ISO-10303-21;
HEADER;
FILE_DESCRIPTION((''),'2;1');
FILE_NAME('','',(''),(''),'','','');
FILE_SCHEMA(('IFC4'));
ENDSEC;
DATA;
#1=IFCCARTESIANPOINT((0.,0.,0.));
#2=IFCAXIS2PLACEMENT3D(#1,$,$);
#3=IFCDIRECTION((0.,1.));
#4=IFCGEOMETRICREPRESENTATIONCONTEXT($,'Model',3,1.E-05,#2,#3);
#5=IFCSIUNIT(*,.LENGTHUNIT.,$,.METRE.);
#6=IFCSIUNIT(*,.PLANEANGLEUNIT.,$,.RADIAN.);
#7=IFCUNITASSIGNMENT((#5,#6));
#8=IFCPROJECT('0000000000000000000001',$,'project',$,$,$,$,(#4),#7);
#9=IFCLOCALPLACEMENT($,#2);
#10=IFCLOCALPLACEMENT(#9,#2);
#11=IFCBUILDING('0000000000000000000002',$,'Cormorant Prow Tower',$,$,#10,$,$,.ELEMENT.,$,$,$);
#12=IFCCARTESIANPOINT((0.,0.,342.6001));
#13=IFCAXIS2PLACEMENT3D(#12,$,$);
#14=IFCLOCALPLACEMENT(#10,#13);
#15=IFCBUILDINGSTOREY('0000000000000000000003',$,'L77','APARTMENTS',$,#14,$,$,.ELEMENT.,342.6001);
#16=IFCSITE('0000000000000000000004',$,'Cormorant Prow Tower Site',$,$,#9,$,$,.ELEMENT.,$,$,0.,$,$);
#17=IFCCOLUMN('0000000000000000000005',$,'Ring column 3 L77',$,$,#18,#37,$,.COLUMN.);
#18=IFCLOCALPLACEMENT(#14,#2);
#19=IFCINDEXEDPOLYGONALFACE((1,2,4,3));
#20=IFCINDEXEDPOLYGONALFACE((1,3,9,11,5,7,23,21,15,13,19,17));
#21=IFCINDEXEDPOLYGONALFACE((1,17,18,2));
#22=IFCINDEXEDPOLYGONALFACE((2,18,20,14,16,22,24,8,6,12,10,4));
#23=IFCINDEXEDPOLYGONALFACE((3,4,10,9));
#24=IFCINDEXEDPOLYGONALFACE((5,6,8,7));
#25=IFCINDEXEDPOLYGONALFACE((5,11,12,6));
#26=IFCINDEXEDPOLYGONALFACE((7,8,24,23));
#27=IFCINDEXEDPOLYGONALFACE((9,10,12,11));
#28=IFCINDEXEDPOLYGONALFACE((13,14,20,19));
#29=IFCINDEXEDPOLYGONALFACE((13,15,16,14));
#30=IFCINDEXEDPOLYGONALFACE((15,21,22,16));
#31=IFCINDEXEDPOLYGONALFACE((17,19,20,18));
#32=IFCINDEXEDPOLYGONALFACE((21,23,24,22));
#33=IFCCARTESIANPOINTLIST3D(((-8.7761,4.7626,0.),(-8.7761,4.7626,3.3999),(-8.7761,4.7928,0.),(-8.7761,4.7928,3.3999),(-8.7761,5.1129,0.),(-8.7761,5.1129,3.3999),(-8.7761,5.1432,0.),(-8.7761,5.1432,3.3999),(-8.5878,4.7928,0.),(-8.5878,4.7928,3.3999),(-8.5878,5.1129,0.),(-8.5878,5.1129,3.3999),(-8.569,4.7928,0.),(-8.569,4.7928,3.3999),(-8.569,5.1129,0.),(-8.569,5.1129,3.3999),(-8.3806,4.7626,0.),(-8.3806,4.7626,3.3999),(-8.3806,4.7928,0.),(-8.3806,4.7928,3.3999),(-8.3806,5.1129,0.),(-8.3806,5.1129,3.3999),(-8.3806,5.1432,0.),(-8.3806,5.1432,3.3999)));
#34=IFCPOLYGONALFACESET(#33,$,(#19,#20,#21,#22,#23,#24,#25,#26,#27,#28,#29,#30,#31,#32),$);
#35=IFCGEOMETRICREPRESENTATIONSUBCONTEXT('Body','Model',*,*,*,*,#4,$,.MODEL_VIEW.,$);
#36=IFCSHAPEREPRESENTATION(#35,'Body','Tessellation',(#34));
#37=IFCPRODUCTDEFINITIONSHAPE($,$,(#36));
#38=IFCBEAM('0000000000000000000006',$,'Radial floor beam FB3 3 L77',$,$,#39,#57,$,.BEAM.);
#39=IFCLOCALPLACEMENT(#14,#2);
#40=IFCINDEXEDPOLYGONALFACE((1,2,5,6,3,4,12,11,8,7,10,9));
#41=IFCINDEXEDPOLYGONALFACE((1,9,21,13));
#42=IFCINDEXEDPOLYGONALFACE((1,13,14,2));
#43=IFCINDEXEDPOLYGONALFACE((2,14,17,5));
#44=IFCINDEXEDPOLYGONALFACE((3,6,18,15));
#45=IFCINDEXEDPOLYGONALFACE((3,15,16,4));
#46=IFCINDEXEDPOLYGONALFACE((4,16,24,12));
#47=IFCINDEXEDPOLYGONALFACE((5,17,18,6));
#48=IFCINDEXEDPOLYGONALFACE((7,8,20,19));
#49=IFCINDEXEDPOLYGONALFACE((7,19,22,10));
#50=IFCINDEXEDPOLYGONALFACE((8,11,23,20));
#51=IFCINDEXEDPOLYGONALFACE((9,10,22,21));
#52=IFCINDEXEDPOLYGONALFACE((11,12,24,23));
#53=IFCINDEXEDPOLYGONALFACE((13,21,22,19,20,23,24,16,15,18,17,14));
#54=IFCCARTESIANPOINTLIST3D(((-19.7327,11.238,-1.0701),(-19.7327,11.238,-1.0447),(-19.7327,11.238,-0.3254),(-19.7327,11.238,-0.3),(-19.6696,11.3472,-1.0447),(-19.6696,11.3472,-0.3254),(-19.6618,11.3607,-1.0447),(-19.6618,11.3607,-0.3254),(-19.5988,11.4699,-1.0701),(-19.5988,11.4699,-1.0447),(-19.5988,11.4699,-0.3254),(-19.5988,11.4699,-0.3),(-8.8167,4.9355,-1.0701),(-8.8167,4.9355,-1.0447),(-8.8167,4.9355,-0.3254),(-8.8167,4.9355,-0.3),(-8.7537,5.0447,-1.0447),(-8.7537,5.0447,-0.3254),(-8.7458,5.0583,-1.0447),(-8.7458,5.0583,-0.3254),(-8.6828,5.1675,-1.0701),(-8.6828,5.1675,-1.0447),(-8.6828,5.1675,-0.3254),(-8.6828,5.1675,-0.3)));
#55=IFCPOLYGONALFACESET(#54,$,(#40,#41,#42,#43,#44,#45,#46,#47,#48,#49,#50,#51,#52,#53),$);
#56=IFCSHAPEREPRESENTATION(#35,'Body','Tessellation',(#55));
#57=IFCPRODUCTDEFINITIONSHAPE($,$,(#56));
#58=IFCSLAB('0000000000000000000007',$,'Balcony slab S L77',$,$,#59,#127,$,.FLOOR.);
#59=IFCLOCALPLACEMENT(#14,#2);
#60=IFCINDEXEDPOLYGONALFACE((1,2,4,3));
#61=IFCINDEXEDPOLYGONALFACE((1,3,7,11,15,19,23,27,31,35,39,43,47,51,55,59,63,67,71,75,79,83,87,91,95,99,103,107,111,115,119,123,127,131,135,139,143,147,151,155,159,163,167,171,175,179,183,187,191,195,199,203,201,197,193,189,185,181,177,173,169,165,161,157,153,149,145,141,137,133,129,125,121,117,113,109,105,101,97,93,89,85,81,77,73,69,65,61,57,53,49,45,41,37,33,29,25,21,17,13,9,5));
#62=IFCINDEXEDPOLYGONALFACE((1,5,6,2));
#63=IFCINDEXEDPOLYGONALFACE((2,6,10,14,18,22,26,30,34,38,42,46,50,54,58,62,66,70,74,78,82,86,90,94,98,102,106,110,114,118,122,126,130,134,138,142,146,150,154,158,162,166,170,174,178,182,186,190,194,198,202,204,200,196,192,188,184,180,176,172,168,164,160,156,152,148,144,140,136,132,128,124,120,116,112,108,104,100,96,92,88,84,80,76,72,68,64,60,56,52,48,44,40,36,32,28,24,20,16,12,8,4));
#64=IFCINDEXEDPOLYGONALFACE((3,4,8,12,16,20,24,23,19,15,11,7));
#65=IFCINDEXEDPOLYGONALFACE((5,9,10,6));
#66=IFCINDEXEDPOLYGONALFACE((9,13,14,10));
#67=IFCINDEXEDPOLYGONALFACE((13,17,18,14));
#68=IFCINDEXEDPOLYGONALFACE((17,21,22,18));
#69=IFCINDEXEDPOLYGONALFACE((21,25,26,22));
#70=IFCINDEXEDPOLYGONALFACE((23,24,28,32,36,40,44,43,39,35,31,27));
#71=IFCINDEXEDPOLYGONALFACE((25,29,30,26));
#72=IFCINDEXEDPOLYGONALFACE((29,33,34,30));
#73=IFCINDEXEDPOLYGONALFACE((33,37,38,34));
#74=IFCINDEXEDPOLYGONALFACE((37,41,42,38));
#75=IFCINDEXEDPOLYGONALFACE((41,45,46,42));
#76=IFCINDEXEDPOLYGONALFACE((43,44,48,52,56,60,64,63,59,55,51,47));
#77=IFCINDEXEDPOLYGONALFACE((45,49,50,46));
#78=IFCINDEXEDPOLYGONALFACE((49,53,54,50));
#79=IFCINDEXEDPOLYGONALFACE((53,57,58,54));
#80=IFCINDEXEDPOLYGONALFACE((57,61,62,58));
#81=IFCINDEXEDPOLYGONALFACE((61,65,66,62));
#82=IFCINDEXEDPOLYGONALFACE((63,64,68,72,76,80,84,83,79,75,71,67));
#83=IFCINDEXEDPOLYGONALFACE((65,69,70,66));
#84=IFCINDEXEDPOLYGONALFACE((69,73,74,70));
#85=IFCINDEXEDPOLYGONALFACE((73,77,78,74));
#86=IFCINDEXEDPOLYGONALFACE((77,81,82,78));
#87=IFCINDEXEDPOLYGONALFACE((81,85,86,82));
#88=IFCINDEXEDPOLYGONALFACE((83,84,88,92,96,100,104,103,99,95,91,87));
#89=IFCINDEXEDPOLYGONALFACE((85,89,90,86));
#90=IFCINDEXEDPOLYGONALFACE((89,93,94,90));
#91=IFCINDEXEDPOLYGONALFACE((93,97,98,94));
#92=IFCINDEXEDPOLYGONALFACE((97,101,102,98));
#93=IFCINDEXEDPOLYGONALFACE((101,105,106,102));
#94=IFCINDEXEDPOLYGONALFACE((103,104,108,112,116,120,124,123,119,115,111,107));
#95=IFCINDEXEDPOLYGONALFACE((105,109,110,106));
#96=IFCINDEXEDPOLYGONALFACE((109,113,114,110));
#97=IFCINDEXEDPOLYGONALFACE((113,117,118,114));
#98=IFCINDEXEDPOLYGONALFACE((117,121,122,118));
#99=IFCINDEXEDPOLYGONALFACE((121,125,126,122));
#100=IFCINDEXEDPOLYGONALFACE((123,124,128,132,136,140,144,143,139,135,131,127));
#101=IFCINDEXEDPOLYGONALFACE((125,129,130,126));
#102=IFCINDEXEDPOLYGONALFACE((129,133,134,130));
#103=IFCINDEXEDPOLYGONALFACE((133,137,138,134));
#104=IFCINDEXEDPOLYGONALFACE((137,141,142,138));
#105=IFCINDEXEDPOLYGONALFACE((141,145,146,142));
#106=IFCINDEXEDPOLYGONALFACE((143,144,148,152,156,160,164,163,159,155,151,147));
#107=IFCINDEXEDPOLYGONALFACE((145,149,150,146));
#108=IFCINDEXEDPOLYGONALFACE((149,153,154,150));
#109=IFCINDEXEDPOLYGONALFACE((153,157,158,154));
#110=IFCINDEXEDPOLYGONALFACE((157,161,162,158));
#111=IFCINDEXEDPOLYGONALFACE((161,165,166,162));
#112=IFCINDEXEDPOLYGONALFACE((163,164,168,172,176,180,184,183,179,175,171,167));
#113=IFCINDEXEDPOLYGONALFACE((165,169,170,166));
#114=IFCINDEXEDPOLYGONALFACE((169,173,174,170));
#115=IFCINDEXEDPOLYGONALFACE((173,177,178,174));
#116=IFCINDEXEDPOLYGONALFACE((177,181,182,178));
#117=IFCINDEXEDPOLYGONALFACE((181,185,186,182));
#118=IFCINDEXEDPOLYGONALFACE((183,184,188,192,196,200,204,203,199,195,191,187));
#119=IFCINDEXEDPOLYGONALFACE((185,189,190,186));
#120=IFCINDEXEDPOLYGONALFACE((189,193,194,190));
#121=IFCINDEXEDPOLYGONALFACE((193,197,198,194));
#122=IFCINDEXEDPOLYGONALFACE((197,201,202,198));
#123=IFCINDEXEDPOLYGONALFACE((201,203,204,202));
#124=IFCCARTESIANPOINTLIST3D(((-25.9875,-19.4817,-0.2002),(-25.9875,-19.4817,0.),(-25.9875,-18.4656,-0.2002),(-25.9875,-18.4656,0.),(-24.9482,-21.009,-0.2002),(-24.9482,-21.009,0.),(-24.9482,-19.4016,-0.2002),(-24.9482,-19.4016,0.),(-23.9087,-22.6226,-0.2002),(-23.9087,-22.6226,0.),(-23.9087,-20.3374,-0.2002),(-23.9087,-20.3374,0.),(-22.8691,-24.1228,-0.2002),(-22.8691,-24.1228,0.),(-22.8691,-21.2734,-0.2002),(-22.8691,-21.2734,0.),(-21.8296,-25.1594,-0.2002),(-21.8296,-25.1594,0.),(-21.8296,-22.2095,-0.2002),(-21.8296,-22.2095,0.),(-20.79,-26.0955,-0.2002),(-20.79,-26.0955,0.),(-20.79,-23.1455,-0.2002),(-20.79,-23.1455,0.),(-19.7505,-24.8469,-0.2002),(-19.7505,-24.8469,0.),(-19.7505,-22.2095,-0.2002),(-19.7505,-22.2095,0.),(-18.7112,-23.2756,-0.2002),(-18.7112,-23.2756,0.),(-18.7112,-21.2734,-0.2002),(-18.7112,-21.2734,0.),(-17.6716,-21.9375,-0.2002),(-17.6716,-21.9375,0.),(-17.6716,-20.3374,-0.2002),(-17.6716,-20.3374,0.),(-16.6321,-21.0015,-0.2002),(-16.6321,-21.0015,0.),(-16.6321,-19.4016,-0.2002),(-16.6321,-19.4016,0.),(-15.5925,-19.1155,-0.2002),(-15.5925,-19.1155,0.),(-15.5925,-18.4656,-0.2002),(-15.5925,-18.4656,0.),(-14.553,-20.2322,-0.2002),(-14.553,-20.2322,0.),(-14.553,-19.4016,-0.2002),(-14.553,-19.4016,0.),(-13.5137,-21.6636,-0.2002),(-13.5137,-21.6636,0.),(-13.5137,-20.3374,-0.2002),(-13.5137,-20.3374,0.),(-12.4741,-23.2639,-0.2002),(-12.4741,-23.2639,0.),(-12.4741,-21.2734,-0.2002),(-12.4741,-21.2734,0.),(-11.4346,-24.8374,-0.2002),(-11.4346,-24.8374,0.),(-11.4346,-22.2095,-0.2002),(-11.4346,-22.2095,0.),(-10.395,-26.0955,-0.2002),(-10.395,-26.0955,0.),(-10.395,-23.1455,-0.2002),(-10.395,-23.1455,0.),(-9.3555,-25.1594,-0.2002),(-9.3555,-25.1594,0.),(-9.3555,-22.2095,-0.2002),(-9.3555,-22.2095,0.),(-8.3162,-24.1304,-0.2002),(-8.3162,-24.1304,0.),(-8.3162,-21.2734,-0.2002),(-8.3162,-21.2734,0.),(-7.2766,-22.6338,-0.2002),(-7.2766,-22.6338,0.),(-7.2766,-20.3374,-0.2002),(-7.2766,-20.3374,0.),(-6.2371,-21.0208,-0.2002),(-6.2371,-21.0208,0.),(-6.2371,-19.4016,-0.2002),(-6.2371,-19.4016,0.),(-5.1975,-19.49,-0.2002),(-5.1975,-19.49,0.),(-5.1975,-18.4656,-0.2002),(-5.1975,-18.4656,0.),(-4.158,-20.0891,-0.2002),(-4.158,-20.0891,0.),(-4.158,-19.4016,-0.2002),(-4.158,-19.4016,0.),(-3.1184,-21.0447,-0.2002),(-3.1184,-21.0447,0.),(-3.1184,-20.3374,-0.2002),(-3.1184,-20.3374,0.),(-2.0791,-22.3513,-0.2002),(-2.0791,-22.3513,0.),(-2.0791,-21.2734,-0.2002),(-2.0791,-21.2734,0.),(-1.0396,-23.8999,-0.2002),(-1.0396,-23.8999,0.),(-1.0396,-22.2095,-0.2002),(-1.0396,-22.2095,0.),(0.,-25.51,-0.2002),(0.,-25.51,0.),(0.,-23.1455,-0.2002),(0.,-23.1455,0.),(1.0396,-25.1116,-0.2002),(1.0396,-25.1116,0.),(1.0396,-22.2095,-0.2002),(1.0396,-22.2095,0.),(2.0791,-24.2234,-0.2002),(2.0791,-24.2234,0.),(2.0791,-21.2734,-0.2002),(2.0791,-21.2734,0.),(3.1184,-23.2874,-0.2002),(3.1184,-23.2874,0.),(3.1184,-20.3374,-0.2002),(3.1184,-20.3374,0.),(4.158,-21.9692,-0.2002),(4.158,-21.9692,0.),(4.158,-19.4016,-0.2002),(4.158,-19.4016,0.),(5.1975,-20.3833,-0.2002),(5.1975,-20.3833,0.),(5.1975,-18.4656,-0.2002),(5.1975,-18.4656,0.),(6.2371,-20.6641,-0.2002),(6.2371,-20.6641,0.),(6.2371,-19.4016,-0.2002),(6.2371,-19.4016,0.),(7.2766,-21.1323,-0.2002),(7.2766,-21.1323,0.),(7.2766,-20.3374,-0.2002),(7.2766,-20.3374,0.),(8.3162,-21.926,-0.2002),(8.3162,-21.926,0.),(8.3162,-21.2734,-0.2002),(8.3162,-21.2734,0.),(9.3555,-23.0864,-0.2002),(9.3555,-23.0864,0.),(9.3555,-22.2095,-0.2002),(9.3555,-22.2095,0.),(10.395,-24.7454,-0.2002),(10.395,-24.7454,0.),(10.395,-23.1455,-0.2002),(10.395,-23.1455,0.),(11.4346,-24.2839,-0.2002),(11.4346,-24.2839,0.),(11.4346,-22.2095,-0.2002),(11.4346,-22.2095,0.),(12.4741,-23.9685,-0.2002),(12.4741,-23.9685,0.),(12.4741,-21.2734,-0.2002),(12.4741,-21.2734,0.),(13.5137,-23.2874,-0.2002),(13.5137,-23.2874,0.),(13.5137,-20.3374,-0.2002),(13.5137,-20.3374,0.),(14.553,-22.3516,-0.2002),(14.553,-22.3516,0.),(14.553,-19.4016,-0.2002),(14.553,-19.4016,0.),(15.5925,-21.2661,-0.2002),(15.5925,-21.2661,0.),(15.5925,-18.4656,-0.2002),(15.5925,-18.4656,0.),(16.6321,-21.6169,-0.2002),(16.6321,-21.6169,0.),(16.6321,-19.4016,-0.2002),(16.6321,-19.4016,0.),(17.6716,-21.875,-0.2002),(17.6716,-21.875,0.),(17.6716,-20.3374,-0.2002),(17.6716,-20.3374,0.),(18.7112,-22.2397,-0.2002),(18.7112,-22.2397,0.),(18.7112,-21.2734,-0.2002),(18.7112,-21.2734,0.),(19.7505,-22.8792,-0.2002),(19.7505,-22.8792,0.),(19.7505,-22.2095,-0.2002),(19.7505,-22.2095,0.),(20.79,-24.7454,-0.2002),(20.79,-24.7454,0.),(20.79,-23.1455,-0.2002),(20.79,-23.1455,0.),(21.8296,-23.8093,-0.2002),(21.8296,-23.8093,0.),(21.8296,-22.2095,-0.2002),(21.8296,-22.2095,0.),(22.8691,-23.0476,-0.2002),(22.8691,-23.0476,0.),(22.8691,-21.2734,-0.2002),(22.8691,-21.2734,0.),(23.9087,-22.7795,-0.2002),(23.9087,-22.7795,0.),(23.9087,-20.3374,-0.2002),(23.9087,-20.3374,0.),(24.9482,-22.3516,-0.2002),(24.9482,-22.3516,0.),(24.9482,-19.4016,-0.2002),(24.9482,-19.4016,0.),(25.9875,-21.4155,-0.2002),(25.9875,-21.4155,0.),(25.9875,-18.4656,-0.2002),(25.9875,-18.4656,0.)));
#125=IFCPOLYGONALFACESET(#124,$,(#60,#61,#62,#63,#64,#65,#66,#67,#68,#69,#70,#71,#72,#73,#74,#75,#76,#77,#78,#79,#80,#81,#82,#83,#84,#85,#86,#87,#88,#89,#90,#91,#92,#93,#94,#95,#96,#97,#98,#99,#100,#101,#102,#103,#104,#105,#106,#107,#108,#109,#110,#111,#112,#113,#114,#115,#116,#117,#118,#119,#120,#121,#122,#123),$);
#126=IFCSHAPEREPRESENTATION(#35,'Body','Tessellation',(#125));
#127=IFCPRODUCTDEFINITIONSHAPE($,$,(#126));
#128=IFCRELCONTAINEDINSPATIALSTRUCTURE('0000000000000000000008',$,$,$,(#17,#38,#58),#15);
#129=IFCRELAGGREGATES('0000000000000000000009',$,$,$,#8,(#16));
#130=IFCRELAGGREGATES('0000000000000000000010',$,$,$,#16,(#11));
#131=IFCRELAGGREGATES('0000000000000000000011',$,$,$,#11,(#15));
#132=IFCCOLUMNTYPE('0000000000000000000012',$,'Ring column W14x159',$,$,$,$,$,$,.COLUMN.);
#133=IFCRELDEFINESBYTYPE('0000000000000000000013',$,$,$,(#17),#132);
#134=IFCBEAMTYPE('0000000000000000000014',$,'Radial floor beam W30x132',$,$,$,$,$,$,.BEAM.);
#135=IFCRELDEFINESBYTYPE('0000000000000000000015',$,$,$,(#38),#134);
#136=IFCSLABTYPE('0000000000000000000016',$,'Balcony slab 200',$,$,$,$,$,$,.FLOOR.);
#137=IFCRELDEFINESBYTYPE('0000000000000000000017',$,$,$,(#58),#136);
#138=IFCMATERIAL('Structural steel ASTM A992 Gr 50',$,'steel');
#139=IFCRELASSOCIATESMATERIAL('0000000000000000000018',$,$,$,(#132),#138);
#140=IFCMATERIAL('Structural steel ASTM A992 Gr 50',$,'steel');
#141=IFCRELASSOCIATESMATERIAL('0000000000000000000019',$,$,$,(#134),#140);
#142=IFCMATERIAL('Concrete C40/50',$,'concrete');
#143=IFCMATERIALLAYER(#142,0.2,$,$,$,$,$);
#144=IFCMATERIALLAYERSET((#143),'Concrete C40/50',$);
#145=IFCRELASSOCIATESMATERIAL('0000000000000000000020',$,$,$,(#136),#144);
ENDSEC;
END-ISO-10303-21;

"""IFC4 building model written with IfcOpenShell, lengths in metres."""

from ifc_helpers import new_model, si_unit, direction, frame, origin, origin_2d, place, context, subcontext, project, spatial, polyline, i_section, outline, extrude, material, layer, layer_set, material_profile, profile_set, type_object, element, save


model = new_model("IFC4")

# Units and contexts
model_context = context("Model", 3, precision=1e-05, world=origin(), true_north=direction((0.0, 1.0)))
body_context = subcontext(model_context, "Body", "Model", "MODEL_VIEW")
ifc_project = project(units=[si_unit("LENGTHUNIT", "METRE"), si_unit("PLANEANGLEUNIT", "RADIAN")], contexts=[model_context])

# Site, building, storey
site_placement = place(None, origin())
site = spatial("IfcSite", under=ifc_project, at=site_placement, Name="Cormorant Prow Tower Site", CompositionType="ELEMENT", RefElevation=0.0)
building_placement = place(site_placement, origin())
building = spatial("IfcBuilding", under=site, at=building_placement, Name="Cormorant Prow Tower", CompositionType="ELEMENT")
storey_placement = place(building_placement, frame((0.0, 0.0, 342.6001)))
storey = spatial("IfcBuildingStorey", under=building, at=storey_placement, Name="L77", Description="APARTMENTS", CompositionType="ELEMENT", Elevation=342.6001)

# Column
ifc_material_1 = material(Name="Structural steel ASTM A992 Gr 50", Category="steel")
ifc_material_profile_1 = material_profile(ifc_material_1, i_section(OverallWidth=0.3955, OverallDepth=0.3806, WebThickness=0.0188, FlangeThickness=0.0303, at=origin_2d()), Name="W14x159")
ifc_profile_set_1 = profile_set([ifc_material_profile_1], Name="Structural steel ASTM A992 Gr 50")
column_type = type_object("IfcColumnType", Name="Ring column W14x159", PredefinedType="COLUMN", material=ifc_profile_set_1)
column_placement = place(storey_placement, frame((-8.5784, 4.9529, 0.0), z_axis=(0.0, 0.0, 1.0), x_axis=(1.0, 0.0, 0.0)))
element("IfcColumn", 1, at=column_placement, inside=storey, type_object=column_type, Name="Ring column 3 L77", PredefinedType="COLUMN", context=body_context, shape_type="SweptSolid", body=[
    extrude(i_section(OverallWidth=0.3955, OverallDepth=0.3806, WebThickness=0.0188, FlangeThickness=0.0303, at=origin_2d()), origin(), (0.0, 0.0, 1.0), 3.3999),
])

# Beam
ifc_material_2 = material(Name="Structural steel ASTM A992 Gr 50", Category="steel")
ifc_material_profile_2 = material_profile(ifc_material_2, i_section(OverallWidth=0.2678, OverallDepth=0.77, WebThickness=0.0156, FlangeThickness=0.0254, at=origin_2d()), Name="W30x132")
ifc_profile_set_2 = profile_set([ifc_material_profile_2], Name="Structural steel ASTM A992 Gr 50")
beam_type = type_object("IfcBeamType", Name="Radial floor beam W30x132", PredefinedType="BEAM", material=ifc_profile_set_2)
beam_placement = place(storey_placement, frame((-8.7498, 5.0515, -0.6851), z_axis=(-0.866021, 0.500007, 0.0), x_axis=(-0.500007, -0.866021, 0.0)))
element("IfcBeam", 2, at=beam_placement, inside=storey, type_object=beam_type, Name="Radial floor beam FB3 3 L77", PredefinedType="BEAM", context=body_context, shape_type="SweptSolid", body=[
    extrude(i_section(OverallWidth=0.2678, OverallDepth=0.77, WebThickness=0.0156, FlangeThickness=0.0254, at=origin_2d()), origin(), (0.0, 0.0, 1.0), 12.6047),
])

# Slab
ifc_material_3 = material(Name="Concrete C40/50", Category="concrete")
ifc_layer_1 = layer(ifc_material_3, 0.2)
ifc_layer_set_1 = layer_set([ifc_layer_1], Name="Concrete C40/50")
slab_type_1 = type_object("IfcSlabType", Name="Balcony slab 200", PredefinedType="FLOOR", material=ifc_layer_set_1)
slab_1_placement = place(storey_placement, frame((0.0, 0.0, -0.2002)))
element("IfcSlab", 3, at=slab_1_placement, inside=storey, type_object=slab_type_1, Name="Balcony slab S L77", PredefinedType="FLOOR", context=body_context, shape_type="SweptSolid", body=[
    extrude(outline(polyline([(-25.9875, -18.4656), (-25.9875, -19.4817), (-24.9482, -21.009), (-23.9087, -22.6226), (-22.8691, -24.1228), (-21.8296, -25.1594), (-20.79, -26.0955), (-19.7505, -24.8469), (-18.7112, -23.2756), (-17.6716, -21.9375), (-16.6321, -21.0015), (-15.5925, -19.1155), (-14.553, -20.2322), (-13.5137, -21.6636), (-12.4741, -23.2639), (-11.4346, -24.8374), (-10.395, -26.0955), (-9.3555, -25.1594), (-8.3162, -24.1304), (-7.2766, -22.6338), (-6.2371, -21.0208), (-5.1975, -19.49), (-4.158, -20.0891), (-3.1184, -21.0447), (-2.0791, -22.3513), (-1.0396, -23.8999), (0.0, -25.51), (1.0396, -25.1116), (2.0791, -24.2234), (3.1184, -23.2874), (4.158, -21.9692), (5.1975, -20.3833), (6.2371, -20.6641), (7.2766, -21.1323), (8.3162, -21.926), (9.3555, -23.0864), (10.395, -24.7454), (11.4346, -24.2839), (12.4741, -23.9685), (13.5137, -23.2874), (14.553, -22.3516), (15.5925, -21.2661), (16.6321, -21.6169), (17.6716, -21.875), (18.7112, -22.2397), (19.7505, -22.8792), (20.79, -24.7454), (21.8296, -23.8093), (22.8691, -23.0476), (23.9087, -22.7795), (24.9482, -22.3516), (25.9875, -21.4155), (25.9875, -18.4656), (24.9482, -19.4016), (23.9087, -20.3374), (22.8691, -21.2734), (21.8296, -22.2095), (20.79, -23.1455), (19.7505, -22.2095), (18.7112, -21.2734), (17.6716, -20.3374), (16.6321, -19.4016), (15.5925, -18.4656), (14.553, -19.4016), (13.5137, -20.3374), (12.4741, -21.2734), (11.4346, -22.2095), (10.395, -23.1455), (9.3555, -22.2095), (8.3162, -21.2734), (7.2766, -20.3374), (6.2371, -19.4016), (5.1975, -18.4656), (4.158, -19.4016), (3.1184, -20.3374), (2.0791, -21.2734), (1.0396, -22.2095), (0.0, -23.1455), (-1.0396, -22.2095), (-2.0791, -21.2734), (-3.1184, -20.3374), (-4.158, -19.4016), (-5.1975, -18.4656), (-6.2371, -19.4016), (-7.2766, -20.3374), (-8.3162, -21.2734), (-9.3555, -22.2095), (-10.395, -23.1455), (-11.4346, -22.2095), (-12.4741, -21.2734), (-13.5137, -20.3374), (-14.553, -19.4016), (-15.5925, -18.4656), (-16.6321, -19.4016), (-17.6716, -20.3374), (-18.7112, -21.2734), (-19.7505, -22.2095), (-20.79, -23.1455), (-21.8296, -22.2095), (-22.8691, -21.2734), (-23.9087, -20.3374), (-24.9482, -19.4016), (-25.9875, -18.4656)])), origin(), (0.0, 0.0, 1.0), 0.2002),
])

save(model, "model.ifc")
